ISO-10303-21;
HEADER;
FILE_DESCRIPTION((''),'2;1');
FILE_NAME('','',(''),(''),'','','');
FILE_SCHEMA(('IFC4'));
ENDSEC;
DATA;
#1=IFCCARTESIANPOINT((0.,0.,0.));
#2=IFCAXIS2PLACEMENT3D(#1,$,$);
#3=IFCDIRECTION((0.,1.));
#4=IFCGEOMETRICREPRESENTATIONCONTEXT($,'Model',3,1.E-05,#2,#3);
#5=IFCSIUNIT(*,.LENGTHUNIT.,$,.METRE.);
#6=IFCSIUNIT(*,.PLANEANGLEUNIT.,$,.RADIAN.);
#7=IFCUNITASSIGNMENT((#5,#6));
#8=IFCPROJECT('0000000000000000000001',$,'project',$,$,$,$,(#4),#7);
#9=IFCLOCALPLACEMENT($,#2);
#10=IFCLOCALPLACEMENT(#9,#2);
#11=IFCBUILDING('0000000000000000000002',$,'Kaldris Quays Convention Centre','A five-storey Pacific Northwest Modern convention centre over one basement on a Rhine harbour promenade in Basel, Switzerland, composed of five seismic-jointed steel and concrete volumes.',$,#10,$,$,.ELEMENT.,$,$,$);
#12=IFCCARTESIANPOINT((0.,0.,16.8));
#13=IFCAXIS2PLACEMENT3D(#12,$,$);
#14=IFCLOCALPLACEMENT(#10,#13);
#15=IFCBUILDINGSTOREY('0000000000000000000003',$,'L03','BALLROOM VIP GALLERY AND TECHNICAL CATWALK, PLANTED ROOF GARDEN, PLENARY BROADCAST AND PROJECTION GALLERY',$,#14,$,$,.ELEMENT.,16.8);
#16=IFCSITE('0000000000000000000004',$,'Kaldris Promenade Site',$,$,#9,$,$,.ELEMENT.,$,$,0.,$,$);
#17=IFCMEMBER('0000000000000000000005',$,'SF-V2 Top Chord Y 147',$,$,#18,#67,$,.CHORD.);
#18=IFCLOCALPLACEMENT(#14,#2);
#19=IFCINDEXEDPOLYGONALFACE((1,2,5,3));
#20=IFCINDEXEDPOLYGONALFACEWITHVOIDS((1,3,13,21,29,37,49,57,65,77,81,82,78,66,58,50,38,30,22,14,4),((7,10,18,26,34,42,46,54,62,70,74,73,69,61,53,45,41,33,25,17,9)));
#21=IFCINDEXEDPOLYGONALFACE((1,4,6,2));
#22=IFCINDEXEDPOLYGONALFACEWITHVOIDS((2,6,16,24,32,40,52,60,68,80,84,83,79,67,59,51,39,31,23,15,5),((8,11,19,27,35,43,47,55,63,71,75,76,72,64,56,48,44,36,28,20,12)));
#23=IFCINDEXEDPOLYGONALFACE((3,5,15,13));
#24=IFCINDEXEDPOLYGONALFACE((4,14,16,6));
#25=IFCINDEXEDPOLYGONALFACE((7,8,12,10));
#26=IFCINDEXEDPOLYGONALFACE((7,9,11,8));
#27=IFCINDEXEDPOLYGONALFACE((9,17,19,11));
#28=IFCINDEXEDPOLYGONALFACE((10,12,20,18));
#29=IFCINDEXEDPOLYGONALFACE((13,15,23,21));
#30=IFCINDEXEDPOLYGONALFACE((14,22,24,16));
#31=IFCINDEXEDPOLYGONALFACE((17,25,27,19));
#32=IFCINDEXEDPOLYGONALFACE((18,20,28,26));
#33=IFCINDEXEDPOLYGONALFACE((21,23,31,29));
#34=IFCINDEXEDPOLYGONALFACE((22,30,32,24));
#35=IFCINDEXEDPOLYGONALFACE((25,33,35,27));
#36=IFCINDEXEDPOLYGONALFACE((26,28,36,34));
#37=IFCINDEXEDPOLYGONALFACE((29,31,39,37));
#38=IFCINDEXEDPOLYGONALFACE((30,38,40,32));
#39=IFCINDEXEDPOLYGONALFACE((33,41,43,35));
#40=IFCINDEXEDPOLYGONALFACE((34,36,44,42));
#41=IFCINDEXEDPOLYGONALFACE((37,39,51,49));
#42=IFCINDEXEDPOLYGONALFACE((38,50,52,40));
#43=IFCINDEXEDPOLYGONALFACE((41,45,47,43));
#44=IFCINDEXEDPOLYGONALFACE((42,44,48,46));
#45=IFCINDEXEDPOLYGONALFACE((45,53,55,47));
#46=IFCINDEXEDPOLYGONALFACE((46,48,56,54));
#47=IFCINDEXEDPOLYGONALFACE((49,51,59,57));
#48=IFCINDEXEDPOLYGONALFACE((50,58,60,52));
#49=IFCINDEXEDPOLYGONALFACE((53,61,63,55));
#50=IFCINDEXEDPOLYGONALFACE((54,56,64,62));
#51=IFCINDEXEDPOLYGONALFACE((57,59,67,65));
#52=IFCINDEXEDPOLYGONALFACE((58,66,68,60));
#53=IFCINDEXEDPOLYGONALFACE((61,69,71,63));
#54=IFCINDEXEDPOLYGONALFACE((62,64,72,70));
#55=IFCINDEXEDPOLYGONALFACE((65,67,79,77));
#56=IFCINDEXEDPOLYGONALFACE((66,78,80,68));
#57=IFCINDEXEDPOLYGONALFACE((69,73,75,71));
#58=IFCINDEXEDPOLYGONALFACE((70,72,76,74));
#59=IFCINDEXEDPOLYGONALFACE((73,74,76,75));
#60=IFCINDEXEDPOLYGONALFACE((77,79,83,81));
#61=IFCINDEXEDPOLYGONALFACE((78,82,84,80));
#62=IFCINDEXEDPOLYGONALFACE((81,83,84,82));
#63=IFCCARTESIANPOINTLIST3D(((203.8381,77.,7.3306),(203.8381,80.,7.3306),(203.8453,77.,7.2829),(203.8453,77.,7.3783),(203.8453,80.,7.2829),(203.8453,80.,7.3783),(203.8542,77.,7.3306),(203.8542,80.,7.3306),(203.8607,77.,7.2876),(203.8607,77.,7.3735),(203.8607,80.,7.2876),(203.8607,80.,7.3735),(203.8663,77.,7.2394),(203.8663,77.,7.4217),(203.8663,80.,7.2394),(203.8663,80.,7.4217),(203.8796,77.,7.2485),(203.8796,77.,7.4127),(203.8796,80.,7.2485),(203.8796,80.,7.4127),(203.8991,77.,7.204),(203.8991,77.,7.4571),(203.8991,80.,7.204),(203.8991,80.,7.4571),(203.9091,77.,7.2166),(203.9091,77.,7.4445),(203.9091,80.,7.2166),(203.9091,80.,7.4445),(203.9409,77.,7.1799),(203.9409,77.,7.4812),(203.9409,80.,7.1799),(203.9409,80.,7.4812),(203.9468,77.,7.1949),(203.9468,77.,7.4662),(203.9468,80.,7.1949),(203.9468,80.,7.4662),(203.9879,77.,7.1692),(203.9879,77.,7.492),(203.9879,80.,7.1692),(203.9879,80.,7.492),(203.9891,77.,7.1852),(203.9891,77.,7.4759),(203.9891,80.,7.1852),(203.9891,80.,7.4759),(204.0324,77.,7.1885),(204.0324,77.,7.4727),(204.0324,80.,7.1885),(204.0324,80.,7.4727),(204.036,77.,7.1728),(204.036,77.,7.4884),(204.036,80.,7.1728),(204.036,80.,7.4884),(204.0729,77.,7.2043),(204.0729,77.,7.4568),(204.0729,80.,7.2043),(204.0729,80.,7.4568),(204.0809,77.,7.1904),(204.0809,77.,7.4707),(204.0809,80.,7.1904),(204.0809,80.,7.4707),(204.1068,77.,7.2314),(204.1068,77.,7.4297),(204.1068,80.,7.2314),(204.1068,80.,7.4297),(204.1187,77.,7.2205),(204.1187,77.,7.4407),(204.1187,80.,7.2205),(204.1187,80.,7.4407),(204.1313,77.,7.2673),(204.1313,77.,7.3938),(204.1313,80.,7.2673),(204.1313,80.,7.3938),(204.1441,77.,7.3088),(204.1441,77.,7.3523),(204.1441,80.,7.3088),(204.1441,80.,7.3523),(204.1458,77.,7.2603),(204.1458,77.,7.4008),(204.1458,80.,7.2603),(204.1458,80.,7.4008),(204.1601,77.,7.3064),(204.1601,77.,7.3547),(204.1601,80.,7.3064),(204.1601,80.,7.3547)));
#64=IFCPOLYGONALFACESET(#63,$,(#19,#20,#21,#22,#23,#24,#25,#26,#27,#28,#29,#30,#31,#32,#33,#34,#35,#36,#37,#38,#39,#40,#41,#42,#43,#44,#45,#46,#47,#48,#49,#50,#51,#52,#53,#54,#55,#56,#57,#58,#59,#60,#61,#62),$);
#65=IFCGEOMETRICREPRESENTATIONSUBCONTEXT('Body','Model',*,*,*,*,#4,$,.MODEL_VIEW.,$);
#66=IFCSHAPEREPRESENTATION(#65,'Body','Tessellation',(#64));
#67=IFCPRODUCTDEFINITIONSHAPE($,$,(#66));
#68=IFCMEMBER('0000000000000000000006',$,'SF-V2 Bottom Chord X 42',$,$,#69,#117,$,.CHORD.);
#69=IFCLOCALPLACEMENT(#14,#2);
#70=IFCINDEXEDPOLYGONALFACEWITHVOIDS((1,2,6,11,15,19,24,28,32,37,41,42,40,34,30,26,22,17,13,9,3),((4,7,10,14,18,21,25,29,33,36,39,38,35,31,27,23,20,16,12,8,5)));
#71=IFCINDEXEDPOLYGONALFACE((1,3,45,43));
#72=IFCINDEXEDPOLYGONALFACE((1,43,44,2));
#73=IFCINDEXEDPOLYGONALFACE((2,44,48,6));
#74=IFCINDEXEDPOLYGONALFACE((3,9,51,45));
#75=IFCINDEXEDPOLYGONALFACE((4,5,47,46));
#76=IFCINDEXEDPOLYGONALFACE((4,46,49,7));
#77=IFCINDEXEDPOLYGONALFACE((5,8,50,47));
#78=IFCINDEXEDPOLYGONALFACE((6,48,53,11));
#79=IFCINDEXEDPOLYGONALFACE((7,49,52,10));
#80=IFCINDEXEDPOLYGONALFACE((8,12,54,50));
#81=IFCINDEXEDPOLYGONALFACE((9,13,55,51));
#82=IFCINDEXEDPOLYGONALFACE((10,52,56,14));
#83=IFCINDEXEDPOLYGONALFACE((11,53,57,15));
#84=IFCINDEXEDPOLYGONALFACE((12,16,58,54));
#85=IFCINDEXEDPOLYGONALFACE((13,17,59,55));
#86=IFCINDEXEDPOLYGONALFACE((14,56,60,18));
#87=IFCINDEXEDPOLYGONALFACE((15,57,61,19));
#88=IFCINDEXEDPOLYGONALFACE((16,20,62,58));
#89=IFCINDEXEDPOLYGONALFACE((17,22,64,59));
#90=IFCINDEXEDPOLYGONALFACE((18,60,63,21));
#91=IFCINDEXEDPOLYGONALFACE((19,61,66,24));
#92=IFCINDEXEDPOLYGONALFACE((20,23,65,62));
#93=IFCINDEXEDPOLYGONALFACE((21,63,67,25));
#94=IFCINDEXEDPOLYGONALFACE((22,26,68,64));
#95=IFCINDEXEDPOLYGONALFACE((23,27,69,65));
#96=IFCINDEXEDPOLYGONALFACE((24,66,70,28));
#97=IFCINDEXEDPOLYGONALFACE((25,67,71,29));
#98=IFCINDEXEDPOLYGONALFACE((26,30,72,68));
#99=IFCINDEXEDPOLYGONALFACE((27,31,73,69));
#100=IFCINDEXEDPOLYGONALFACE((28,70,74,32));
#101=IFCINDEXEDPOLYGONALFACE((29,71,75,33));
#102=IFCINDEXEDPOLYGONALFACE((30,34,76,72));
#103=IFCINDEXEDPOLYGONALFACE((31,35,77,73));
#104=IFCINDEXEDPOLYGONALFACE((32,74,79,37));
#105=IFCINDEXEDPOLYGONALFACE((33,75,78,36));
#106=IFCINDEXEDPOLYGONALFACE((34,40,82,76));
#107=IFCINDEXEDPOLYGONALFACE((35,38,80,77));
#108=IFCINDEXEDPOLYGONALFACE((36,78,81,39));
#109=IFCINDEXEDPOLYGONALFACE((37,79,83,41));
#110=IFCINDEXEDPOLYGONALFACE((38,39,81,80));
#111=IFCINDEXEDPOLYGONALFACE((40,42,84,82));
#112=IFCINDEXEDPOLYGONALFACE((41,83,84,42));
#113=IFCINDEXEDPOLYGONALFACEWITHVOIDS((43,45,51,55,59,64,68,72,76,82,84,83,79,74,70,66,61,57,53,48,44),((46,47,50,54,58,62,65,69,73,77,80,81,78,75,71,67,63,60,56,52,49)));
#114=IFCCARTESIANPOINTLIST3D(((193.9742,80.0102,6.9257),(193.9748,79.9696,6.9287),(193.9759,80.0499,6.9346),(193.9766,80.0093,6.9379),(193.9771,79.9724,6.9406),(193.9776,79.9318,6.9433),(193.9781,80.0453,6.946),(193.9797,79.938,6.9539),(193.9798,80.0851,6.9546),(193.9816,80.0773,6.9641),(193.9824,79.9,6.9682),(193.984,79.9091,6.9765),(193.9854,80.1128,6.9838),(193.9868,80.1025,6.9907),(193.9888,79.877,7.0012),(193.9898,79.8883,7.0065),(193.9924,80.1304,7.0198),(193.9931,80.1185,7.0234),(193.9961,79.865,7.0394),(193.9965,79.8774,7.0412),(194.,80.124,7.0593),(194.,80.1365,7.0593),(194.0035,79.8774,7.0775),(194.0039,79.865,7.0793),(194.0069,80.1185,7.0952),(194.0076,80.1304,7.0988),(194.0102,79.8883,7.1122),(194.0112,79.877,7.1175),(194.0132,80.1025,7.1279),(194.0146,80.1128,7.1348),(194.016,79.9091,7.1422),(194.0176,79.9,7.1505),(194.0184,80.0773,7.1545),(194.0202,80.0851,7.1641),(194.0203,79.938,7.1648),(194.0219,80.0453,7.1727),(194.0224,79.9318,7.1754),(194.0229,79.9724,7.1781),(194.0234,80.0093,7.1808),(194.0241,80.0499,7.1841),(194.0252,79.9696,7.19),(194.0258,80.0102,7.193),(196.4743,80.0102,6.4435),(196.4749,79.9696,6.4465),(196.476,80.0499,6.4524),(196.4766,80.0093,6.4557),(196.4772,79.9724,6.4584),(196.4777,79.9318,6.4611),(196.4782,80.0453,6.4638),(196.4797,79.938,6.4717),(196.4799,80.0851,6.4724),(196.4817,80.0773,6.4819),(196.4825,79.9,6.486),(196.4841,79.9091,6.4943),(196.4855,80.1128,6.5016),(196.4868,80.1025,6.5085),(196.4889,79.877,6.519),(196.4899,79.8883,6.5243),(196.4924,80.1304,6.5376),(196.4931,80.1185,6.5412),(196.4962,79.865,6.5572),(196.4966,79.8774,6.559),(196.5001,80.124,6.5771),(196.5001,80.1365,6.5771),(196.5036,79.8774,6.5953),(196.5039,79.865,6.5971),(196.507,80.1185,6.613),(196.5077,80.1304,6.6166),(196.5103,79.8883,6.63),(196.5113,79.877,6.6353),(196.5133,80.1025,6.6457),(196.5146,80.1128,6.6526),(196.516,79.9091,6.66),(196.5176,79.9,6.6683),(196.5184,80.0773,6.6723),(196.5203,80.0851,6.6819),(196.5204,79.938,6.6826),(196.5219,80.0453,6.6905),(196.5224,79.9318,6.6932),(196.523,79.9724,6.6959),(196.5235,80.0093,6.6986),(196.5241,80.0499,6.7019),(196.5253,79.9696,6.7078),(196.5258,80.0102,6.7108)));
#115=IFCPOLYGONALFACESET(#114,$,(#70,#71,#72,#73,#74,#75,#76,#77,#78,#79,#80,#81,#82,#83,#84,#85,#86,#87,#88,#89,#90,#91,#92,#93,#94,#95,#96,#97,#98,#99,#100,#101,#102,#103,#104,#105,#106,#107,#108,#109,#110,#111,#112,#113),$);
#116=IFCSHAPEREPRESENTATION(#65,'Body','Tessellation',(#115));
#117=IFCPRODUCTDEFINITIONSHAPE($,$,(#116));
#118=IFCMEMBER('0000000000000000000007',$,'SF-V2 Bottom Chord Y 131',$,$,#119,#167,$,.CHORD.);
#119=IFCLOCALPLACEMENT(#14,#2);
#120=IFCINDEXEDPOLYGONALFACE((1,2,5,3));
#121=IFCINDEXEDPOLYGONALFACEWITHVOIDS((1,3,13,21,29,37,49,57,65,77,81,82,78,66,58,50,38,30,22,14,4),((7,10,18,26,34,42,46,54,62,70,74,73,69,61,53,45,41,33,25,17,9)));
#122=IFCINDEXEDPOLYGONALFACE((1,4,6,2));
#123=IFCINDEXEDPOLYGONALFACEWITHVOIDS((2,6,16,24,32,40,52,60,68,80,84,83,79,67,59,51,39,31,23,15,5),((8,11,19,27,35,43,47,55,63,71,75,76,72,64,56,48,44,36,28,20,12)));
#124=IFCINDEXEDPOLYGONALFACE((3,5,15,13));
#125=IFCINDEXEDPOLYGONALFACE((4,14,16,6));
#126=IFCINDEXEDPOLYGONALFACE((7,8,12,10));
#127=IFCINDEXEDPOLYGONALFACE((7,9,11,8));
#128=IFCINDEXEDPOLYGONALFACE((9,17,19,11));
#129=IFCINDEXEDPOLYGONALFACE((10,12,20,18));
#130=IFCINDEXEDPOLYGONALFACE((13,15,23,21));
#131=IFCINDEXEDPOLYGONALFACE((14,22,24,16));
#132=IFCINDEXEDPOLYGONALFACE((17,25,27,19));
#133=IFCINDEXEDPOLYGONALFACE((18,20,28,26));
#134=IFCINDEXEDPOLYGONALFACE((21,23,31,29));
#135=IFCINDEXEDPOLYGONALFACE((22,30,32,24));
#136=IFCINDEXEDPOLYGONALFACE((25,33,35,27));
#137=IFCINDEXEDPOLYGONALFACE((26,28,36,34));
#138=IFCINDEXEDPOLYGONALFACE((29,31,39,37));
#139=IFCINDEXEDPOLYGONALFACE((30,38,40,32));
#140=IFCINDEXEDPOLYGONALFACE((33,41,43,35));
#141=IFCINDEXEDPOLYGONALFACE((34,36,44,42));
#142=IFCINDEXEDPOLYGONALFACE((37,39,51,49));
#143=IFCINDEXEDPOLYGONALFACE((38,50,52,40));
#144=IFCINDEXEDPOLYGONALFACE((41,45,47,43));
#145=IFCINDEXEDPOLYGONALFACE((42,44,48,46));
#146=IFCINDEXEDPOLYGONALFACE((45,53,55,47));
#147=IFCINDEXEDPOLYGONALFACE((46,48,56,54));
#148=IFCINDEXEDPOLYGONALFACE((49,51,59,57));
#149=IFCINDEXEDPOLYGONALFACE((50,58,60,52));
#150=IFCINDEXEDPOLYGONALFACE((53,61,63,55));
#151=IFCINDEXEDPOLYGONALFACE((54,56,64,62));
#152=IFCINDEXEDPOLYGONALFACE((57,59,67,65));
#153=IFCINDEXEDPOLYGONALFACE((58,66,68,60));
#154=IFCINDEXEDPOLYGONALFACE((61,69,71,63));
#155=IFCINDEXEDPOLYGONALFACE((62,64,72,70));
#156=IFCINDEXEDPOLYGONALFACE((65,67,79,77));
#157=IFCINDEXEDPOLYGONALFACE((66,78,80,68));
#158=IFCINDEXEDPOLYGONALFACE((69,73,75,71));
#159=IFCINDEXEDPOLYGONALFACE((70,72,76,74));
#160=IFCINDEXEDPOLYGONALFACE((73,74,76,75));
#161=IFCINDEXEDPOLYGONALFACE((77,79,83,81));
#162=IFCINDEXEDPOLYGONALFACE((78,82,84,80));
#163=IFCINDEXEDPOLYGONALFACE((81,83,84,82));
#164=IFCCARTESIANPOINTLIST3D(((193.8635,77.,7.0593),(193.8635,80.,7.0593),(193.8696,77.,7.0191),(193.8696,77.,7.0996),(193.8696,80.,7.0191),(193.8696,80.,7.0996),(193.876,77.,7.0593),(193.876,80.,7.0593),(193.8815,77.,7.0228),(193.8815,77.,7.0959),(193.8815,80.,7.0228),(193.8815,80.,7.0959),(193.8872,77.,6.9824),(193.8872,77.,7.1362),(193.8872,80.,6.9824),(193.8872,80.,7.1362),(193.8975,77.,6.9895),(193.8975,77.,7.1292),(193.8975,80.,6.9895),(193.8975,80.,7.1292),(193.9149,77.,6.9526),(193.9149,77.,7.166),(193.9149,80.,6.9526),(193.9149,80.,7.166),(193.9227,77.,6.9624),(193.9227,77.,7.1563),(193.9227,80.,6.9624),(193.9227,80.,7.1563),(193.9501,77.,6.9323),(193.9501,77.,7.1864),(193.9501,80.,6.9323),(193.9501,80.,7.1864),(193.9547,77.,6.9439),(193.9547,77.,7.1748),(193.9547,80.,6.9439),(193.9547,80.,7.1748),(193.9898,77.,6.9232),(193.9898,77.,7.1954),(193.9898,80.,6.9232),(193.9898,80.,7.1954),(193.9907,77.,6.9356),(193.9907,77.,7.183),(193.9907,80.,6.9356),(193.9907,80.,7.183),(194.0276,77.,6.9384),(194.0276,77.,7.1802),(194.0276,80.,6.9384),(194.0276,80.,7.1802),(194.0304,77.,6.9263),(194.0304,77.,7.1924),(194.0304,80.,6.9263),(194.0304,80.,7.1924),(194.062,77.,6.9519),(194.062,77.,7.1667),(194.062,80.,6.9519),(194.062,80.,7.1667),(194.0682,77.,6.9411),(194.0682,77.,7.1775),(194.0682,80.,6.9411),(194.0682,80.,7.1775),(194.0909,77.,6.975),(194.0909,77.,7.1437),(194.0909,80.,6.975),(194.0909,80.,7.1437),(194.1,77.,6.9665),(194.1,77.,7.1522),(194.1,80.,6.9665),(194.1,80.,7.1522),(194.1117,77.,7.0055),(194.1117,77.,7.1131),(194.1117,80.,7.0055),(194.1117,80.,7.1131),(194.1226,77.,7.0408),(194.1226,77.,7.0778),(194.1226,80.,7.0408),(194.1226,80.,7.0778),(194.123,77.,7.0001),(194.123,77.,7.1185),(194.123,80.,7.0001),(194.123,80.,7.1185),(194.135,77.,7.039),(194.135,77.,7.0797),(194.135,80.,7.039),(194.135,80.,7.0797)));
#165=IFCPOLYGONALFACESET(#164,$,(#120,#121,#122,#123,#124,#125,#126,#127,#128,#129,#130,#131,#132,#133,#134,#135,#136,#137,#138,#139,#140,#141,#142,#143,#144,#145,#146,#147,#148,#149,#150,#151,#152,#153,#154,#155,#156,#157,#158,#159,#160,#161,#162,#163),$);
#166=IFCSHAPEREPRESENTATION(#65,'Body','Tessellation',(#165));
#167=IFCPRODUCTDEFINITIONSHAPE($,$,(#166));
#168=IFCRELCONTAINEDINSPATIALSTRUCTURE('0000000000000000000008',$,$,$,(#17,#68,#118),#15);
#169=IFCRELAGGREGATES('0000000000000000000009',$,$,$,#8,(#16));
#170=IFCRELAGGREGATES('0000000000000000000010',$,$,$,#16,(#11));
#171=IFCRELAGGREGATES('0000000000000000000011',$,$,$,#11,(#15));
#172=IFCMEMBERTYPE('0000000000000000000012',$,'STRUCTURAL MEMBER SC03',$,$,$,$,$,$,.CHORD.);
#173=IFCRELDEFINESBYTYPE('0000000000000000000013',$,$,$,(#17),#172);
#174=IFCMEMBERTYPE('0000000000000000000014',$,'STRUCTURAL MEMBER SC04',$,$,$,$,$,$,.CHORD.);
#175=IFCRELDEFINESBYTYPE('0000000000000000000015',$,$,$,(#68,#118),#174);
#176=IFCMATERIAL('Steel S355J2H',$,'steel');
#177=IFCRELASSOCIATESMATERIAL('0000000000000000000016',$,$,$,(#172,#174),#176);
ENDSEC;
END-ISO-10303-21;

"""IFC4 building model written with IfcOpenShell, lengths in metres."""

from ifc_helpers import new_model, si_unit, direction, frame, origin, origin_2d, place, context, subcontext, project, spatial, hollow_circle, extrude, material, material_profile, profile_set, type_object, element, save


model = new_model("IFC4")

# Units and contexts
model_context = context("Model", 3, precision=1e-05, world=origin(), true_north=direction((0.0, 1.0)))
body_context = subcontext(model_context, "Body", "Model", "MODEL_VIEW")
ifc_project = project(units=[si_unit("LENGTHUNIT", "METRE"), si_unit("PLANEANGLEUNIT", "RADIAN")], contexts=[model_context])

# Site, building, storey
site_placement = place(None, origin())
site = spatial("IfcSite", under=ifc_project, at=site_placement, Name="Kaldris Promenade Site", CompositionType="ELEMENT", RefElevation=0.0)
building_placement = place(site_placement, origin())
building = spatial("IfcBuilding", under=site, at=building_placement, Name="Kaldris Quays Convention Centre", Description="A five-storey Pacific Northwest Modern convention centre over one basement on a Rhine harbour promenade in Basel, Switzerland, composed of five seismic-jointed steel and concrete volumes.", CompositionType="ELEMENT")
storey_placement = place(building_placement, frame((0.0, 0.0, 16.8)))
storey = spatial("IfcBuildingStorey", under=building, at=storey_placement, Name="L03", Description="BALLROOM VIP GALLERY AND TECHNICAL CATWALK, PLANTED ROOF GARDEN, PLENARY BROADCAST AND PROJECTION GALLERY", CompositionType="ELEMENT", Elevation=16.8)

# Members
ifc_material_1 = material(Name="Steel S355J2H", Category="steel")
ifc_material_profile_1 = material_profile(ifc_material_1, hollow_circle(Radius=0.1619, WallThickness=0.0161, at=origin_2d()), Name="CHS 323.9x16")
ifc_profile_set_1 = profile_set([ifc_material_profile_1], Name="Steel S355J2H")
member_type_1 = type_object("IfcMemberType", Name="STRUCTURAL MEMBER SC03", PredefinedType="CHORD", material=ifc_profile_set_1)
for number, where, z_axis, x_axis, name in (
    (1, (204.0, 77.0, 7.3306), (0.0, 1.0, 0.0), (-1.0, 0.0, 0.0), "SF-V2 Top Chord Y 147"),
):
    element("IfcMember", number, at=place(storey_placement, frame(where, z_axis=z_axis, x_axis=x_axis)), inside=storey, type_object=member_type_1, Name=name, PredefinedType="CHORD", context=body_context, shape_type="SweptSolid", body=[
        extrude(hollow_circle(Radius=0.1619, WallThickness=0.0161, at=origin_2d()), origin(), (0.0, 0.0, 1.0), 3.0),
    ])
ifc_material_profile_2 = material_profile(ifc_material_1, hollow_circle(Radius=0.1365, WallThickness=0.0125, at=origin_2d()), Name="CHS 273x12.5")
ifc_profile_set_2 = profile_set([ifc_material_profile_2], Name="Steel S355J2H")
member_type_2 = type_object("IfcMemberType", Name="STRUCTURAL MEMBER SC04", PredefinedType="CHORD", material=ifc_profile_set_2)
member_1_placement = place(storey_placement, frame((194.0, 80.0, 7.0593), z_axis=(0.981904, 0.0, -0.189381), x_axis=(0.0, 1.0, 0.0)))
element("IfcMember", 2, at=member_1_placement, inside=storey, type_object=member_type_2, Name="SF-V2 Bottom Chord X 42", PredefinedType="CHORD", context=body_context, shape_type="SweptSolid", body=[
    extrude(hollow_circle(Radius=0.1365, WallThickness=0.0125, at=origin_2d()), origin(), (0.0, 0.0, 1.0), 2.5461),
])
for number, where, z_axis, x_axis, name in (
    (3, (194.0, 77.0, 7.0593), (0.0, 1.0, 0.0), (-1.0, 0.0, 0.0), "SF-V2 Bottom Chord Y 131"),
):
    element("IfcMember", number, at=place(storey_placement, frame(where, z_axis=z_axis, x_axis=x_axis)), inside=storey, type_object=member_type_2, Name=name, PredefinedType="CHORD", context=body_context, shape_type="SweptSolid", body=[
        extrude(hollow_circle(Radius=0.1365, WallThickness=0.0125, at=origin_2d()), origin(), (0.0, 0.0, 1.0), 3.0),
    ])

save(model, "model.ifc")
